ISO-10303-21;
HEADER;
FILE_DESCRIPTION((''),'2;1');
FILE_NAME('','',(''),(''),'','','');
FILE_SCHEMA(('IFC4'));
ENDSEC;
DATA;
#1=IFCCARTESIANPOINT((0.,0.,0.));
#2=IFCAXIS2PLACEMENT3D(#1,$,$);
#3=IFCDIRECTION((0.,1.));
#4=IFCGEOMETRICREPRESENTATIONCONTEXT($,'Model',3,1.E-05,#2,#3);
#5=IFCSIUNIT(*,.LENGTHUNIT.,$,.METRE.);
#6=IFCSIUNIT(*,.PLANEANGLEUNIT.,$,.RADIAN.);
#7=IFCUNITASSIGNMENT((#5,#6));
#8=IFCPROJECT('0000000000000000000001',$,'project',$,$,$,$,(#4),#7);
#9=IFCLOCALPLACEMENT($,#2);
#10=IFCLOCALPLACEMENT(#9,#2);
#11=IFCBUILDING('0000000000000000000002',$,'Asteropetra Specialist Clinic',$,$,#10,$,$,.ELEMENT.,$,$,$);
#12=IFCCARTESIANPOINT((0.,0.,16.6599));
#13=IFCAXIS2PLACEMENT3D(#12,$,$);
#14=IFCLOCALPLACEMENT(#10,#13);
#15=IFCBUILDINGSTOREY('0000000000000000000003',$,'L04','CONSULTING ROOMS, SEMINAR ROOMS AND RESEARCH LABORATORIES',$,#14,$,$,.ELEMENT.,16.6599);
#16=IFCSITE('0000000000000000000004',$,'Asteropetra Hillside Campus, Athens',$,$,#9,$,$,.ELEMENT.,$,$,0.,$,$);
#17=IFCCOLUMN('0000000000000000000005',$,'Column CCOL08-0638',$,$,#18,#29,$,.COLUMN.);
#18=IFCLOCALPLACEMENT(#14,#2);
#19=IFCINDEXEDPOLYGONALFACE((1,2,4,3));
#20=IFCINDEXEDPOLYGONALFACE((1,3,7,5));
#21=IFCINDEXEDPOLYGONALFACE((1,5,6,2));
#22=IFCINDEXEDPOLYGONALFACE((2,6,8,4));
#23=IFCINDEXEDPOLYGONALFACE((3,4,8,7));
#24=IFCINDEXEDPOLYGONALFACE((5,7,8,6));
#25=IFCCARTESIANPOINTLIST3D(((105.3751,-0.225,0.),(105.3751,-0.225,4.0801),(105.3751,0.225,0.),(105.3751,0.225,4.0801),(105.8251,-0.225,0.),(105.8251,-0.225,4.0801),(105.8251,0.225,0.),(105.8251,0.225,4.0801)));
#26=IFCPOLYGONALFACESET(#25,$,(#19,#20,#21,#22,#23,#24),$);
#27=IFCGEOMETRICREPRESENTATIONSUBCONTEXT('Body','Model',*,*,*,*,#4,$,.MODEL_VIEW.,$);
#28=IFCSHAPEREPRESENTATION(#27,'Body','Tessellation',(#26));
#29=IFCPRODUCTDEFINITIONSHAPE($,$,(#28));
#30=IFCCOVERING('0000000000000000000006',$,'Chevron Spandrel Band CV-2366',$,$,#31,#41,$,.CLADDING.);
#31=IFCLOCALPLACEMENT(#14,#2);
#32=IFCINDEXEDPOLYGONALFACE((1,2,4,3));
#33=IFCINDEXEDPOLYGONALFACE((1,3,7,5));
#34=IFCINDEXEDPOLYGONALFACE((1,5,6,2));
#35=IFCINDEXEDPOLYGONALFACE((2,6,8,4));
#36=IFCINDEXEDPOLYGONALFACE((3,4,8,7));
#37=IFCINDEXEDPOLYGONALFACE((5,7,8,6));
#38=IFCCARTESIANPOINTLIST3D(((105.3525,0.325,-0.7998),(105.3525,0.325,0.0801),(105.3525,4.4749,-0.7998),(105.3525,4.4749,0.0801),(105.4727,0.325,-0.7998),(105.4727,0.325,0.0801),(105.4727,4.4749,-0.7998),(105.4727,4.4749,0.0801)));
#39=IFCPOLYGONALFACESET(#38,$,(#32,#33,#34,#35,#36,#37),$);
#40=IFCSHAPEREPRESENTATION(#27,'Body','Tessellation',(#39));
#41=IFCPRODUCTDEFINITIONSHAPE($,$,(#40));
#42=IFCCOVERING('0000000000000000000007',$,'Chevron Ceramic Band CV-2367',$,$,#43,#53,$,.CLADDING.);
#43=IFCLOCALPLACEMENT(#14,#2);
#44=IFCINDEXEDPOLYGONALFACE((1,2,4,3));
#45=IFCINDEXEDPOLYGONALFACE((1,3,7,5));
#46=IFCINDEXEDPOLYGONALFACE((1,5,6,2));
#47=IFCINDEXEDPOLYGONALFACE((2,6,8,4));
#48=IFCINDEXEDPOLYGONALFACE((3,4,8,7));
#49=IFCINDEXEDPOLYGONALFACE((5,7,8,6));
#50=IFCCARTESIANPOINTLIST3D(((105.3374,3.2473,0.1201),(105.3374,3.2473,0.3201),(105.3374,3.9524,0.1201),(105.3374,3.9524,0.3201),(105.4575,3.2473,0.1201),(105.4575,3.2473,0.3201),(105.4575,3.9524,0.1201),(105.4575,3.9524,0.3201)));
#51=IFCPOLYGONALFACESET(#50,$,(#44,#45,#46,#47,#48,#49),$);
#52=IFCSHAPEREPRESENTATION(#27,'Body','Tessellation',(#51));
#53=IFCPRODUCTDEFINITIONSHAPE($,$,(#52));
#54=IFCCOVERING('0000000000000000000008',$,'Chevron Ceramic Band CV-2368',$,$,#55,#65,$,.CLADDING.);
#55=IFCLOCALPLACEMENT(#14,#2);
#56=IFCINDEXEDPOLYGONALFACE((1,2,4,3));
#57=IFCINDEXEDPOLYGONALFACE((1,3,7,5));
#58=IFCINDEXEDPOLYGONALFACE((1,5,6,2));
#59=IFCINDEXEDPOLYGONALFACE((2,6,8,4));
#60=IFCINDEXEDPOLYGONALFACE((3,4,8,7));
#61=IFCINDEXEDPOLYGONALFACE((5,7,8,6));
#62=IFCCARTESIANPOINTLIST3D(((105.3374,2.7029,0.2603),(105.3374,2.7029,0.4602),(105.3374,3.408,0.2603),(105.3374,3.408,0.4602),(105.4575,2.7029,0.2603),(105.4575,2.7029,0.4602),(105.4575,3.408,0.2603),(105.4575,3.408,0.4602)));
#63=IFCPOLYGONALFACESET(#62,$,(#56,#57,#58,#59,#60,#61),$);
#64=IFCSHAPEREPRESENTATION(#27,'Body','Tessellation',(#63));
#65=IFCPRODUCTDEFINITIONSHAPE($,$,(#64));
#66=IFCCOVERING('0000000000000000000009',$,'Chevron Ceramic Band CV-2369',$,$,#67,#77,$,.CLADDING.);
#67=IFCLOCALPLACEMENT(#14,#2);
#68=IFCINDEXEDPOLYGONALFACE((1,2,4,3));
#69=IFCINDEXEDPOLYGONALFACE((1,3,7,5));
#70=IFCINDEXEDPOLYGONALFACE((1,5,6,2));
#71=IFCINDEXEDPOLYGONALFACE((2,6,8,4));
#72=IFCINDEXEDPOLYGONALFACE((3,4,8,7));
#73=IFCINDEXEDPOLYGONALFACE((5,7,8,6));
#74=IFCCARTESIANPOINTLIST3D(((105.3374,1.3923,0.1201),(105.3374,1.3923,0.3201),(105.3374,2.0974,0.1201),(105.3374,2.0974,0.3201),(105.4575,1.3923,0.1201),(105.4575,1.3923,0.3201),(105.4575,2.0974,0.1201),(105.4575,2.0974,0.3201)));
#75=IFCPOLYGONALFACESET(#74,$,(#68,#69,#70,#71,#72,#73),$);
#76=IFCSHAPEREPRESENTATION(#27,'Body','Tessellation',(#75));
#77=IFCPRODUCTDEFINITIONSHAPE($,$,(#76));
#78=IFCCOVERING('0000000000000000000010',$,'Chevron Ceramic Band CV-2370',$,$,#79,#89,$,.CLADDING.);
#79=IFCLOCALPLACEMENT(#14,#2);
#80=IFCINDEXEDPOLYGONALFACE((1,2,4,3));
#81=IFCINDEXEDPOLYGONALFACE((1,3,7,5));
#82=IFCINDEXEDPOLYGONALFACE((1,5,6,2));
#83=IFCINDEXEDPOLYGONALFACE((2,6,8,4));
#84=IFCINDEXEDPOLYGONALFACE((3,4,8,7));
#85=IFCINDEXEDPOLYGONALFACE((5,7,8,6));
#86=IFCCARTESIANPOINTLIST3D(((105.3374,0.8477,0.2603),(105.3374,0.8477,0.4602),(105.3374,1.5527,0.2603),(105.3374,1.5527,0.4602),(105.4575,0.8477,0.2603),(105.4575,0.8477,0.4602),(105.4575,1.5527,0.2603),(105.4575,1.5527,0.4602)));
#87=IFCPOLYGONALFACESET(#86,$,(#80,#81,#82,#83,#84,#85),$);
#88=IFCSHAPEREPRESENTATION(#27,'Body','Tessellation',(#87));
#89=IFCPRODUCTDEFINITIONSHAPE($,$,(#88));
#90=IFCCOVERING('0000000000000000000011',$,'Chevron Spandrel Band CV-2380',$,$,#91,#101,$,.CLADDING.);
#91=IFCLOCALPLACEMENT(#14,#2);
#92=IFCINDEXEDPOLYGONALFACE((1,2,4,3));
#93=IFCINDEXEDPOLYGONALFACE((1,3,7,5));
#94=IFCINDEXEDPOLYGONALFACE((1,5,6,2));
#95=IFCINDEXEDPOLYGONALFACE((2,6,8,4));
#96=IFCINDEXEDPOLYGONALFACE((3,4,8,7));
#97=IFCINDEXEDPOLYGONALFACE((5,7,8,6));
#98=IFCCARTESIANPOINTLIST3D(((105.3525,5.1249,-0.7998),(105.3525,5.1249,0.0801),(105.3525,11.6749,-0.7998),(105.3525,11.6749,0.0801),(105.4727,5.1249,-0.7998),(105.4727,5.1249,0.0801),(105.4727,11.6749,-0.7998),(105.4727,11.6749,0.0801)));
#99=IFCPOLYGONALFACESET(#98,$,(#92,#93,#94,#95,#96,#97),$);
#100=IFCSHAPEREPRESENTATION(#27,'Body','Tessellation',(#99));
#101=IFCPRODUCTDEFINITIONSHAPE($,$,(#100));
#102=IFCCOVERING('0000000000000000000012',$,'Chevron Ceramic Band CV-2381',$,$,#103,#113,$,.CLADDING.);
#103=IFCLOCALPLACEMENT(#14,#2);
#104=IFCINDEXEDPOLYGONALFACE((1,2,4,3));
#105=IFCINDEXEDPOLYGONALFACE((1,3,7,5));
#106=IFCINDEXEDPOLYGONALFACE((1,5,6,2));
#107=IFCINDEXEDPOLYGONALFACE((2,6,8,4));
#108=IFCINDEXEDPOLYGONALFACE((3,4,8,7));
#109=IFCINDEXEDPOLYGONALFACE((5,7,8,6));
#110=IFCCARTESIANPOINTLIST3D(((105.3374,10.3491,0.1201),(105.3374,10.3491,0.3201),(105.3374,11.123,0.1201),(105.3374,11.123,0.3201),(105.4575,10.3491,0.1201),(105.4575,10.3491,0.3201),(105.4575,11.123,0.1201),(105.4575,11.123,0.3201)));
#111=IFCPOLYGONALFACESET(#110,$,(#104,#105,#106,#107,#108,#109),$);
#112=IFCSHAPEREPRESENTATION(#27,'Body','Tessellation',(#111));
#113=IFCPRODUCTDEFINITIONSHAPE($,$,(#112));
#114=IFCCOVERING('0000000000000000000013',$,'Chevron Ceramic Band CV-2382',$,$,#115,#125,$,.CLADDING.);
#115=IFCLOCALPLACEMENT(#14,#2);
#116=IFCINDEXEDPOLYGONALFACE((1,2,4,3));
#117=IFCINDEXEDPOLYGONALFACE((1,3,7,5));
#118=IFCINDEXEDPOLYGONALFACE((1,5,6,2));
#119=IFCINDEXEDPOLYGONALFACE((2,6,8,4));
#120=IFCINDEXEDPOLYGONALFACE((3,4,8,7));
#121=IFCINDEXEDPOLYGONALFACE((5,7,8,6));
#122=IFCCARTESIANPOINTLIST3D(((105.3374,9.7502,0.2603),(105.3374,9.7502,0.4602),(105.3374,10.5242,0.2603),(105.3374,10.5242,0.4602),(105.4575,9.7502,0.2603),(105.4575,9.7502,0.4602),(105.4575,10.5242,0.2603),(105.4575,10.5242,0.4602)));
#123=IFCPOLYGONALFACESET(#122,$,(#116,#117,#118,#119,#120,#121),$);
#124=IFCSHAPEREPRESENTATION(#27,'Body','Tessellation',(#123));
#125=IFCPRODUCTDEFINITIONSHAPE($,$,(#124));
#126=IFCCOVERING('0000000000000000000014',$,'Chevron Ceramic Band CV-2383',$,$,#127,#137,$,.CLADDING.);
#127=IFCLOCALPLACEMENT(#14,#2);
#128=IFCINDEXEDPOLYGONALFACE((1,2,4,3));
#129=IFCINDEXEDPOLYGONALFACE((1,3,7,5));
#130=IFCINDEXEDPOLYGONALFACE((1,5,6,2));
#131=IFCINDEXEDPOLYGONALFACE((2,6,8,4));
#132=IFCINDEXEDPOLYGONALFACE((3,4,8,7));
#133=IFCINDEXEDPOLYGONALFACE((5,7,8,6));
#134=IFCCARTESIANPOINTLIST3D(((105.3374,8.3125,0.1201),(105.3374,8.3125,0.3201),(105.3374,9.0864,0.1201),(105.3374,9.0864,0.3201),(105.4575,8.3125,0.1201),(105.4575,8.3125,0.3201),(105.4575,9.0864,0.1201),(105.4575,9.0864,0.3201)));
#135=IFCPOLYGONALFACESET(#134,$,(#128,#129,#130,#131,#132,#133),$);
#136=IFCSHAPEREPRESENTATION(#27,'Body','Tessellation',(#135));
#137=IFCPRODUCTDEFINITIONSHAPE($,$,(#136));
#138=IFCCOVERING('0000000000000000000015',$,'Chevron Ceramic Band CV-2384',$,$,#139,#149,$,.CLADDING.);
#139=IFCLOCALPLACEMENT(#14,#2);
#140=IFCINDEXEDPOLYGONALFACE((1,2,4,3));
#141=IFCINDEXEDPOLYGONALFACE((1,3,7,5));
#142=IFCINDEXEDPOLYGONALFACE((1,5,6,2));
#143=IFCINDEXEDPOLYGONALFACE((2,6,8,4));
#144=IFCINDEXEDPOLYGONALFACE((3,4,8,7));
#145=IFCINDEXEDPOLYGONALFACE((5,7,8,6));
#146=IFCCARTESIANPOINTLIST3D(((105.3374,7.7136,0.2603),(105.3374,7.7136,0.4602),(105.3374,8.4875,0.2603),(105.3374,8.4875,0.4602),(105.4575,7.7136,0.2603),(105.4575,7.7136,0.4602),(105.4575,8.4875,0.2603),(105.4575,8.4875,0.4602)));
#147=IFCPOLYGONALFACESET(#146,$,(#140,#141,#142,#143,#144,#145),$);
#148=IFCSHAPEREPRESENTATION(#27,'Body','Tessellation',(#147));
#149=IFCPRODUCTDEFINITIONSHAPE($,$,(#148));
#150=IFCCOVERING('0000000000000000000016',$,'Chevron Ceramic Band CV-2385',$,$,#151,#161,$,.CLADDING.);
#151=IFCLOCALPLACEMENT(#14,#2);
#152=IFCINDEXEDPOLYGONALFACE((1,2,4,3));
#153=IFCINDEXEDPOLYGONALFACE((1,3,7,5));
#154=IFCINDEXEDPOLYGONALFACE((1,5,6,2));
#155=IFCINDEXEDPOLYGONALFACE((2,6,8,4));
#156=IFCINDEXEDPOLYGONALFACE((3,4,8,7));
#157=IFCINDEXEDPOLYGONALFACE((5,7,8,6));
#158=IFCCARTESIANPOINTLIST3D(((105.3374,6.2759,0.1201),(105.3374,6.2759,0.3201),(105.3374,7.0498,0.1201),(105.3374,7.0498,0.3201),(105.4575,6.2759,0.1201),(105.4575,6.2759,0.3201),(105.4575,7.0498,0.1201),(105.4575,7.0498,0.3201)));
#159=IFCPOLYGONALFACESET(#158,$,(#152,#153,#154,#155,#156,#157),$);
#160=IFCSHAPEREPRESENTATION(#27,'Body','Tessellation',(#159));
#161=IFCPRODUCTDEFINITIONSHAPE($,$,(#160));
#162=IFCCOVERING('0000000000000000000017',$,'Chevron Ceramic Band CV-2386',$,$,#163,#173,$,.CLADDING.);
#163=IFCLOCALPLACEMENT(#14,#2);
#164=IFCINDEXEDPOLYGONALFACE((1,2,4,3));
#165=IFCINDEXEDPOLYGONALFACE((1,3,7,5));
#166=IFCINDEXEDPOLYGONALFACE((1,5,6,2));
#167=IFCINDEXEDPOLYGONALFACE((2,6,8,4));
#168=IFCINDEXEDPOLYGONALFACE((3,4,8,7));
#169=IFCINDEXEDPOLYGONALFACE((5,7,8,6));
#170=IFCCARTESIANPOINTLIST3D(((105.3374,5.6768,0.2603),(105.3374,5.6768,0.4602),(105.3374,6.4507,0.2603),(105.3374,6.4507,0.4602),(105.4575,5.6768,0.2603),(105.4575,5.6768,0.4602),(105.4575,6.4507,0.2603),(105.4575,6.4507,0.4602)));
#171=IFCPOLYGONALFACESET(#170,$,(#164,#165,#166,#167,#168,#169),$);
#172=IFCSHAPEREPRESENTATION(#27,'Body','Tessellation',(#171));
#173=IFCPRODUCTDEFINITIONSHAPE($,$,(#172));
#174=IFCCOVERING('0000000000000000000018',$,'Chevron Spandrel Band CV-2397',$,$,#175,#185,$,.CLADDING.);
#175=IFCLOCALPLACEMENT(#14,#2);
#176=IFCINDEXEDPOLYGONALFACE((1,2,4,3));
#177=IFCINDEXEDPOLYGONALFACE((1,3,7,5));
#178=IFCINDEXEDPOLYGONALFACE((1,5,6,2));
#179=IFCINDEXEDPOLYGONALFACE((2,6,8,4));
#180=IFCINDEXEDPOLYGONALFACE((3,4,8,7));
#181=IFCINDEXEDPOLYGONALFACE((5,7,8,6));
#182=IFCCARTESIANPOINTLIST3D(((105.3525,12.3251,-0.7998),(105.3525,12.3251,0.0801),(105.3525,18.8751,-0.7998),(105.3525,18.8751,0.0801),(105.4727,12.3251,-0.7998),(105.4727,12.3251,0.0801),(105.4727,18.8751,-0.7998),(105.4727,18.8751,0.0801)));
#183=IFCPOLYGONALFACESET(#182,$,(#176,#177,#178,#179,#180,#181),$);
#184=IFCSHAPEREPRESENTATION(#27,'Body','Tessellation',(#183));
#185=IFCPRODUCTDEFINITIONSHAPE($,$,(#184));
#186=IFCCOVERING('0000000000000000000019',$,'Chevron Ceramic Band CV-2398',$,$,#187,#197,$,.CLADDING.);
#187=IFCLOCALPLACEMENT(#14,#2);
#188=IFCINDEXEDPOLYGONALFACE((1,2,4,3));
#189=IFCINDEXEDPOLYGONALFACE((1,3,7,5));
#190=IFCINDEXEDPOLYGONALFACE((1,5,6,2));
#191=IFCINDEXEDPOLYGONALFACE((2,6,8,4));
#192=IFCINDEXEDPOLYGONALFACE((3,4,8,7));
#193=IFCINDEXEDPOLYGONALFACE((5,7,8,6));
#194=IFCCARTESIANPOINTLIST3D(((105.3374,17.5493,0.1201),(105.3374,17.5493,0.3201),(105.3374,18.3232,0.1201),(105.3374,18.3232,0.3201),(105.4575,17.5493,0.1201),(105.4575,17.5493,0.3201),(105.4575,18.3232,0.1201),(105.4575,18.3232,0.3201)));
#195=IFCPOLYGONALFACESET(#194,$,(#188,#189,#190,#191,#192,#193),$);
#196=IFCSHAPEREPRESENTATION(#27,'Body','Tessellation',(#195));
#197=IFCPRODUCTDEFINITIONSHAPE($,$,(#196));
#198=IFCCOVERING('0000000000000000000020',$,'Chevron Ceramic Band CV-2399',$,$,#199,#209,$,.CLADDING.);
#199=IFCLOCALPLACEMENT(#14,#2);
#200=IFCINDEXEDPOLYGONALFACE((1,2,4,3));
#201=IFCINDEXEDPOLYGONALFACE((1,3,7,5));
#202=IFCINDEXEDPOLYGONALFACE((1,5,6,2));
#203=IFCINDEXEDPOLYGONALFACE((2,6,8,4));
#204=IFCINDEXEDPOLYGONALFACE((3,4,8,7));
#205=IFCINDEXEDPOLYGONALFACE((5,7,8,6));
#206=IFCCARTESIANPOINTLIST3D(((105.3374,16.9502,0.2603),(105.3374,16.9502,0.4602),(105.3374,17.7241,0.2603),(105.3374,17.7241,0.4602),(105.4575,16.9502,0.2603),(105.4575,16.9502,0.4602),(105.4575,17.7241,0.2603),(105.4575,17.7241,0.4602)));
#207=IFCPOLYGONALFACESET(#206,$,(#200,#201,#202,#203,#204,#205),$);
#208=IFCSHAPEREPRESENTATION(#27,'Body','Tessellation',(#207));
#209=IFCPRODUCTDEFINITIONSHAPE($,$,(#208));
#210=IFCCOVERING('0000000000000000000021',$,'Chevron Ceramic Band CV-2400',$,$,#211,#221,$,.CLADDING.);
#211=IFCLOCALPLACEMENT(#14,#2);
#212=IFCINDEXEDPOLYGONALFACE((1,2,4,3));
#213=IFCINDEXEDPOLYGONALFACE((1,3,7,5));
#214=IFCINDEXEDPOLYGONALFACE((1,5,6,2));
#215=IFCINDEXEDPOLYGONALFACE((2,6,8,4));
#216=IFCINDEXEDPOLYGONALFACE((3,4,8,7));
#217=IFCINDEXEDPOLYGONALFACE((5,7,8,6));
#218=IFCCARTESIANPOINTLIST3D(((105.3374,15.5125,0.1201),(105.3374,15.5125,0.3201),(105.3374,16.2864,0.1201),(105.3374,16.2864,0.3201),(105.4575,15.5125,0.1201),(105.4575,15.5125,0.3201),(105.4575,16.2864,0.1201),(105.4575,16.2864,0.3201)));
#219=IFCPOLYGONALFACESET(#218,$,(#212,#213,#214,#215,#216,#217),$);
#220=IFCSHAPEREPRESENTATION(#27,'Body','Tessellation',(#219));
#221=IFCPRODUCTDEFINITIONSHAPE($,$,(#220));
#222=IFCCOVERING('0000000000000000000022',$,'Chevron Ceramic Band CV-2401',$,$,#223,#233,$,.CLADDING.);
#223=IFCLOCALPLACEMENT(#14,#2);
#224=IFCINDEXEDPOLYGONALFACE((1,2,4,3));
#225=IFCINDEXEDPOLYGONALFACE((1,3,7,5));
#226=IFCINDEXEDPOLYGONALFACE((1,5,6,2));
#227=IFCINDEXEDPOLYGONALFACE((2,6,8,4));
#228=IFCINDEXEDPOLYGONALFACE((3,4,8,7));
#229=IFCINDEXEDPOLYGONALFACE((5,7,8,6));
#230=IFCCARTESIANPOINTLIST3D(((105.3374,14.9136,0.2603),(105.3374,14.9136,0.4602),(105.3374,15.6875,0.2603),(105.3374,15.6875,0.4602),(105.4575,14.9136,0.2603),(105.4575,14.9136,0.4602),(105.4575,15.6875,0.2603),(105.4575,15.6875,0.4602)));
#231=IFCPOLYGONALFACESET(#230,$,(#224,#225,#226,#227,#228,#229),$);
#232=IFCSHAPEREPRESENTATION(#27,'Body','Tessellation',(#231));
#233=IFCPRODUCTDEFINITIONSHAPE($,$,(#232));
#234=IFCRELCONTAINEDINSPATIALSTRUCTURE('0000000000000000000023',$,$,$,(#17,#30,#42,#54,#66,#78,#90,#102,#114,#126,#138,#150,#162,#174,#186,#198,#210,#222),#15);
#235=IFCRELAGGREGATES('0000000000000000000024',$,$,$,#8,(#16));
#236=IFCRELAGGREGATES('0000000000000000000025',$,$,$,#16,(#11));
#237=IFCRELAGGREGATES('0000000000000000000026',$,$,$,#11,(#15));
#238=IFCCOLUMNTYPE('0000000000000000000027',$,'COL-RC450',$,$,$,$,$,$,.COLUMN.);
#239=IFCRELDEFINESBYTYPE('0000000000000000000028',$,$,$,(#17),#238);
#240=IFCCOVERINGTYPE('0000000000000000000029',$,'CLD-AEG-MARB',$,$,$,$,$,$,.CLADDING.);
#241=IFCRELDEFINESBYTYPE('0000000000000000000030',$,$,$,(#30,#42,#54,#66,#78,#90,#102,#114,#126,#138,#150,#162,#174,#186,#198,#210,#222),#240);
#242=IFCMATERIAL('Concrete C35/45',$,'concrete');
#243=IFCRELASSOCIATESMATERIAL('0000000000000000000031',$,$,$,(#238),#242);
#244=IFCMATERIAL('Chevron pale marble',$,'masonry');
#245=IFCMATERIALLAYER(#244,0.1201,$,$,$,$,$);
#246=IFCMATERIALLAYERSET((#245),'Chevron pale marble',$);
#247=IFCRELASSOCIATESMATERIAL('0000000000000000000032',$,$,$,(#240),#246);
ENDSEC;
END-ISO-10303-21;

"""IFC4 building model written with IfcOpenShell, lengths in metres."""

from ifc_helpers import new_model, si_unit, direction, frame, origin, origin_2d, place, context, subcontext, project, spatial, rectangle, extrude, material, layer, layer_set, material_profile, profile_set, type_object, element, save


model = new_model("IFC4")

# Units and contexts
model_context = context("Model", 3, precision=1e-05, world=origin(), true_north=direction((0.0, 1.0)))
body_context = subcontext(model_context, "Body", "Model", "MODEL_VIEW")
ifc_project = project(units=[si_unit("LENGTHUNIT", "METRE"), si_unit("PLANEANGLEUNIT", "RADIAN")], contexts=[model_context])

# Site, building, storey
site_placement = place(None, origin())
site = spatial("IfcSite", under=ifc_project, at=site_placement, Name="Asteropetra Hillside Campus, Athens", CompositionType="ELEMENT", RefElevation=0.0)
building_placement = place(site_placement, origin())
building = spatial("IfcBuilding", under=site, at=building_placement, Name="Asteropetra Specialist Clinic", CompositionType="ELEMENT")
storey_placement = place(building_placement, frame((0.0, 0.0, 16.6599)))
storey = spatial("IfcBuildingStorey", under=building, at=storey_placement, Name="L04", Description="CONSULTING ROOMS, SEMINAR ROOMS AND RESEARCH LABORATORIES", CompositionType="ELEMENT", Elevation=16.6599)

# Column
ifc_material_1 = material(Name="Concrete C35/45", Category="concrete")
ifc_material_profile = material_profile(ifc_material_1, rectangle(XDim=0.45, YDim=0.45, at=origin_2d()), Name="RC 450x450")
ifc_profile_set = profile_set([ifc_material_profile], Name="Concrete C35/45")
column_type = type_object("IfcColumnType", Name="COL-RC450", PredefinedType="COLUMN", material=ifc_profile_set)
column_placement = place(storey_placement, frame((105.6001, 0.0, 0.0), z_axis=(0.0, 0.0, 1.0), x_axis=(1.0, 0.0, 0.0)))
element("IfcColumn", 1, at=column_placement, inside=storey, type_object=column_type, Name="Column CCOL08-0638", PredefinedType="COLUMN", context=body_context, shape_type="SweptSolid", body=[
    extrude(rectangle(XDim=0.45, YDim=0.45, at=origin_2d()), origin(), (0.0, 0.0, 1.0), 4.0801),
])

# Coverings
ifc_material_2 = material(Name="Chevron pale marble", Category="masonry")
ifc_layer_1 = layer(ifc_material_2, 0.1201)
ifc_layer_set_1 = layer_set([ifc_layer_1], Name="Chevron pale marble")
covering_type_1 = type_object("IfcCoveringType", Name="CLD-AEG-MARB", PredefinedType="CLADDING", material=ifc_layer_set_1)
covering_1_placement = place(storey_placement, frame((105.4126, 2.3999, -0.7998), z_axis=(0.0, 0.0, 1.0), x_axis=(1.0, 0.0, 0.0)))
element("IfcCovering", 2, at=covering_1_placement, inside=storey, type_object=covering_type_1, Name="Chevron Spandrel Band CV-2366", PredefinedType="CLADDING", context=body_context, shape_type="SweptSolid", body=[
    extrude(rectangle(XDim=0.1201, YDim=4.1499, at=origin_2d()), origin(), (0.0, 0.0, 1.0), 0.8799),
])
for number, where, z_axis, x_axis, name in (
    (3, (105.3975, 3.5999, 0.1201), (0.0, 0.0, 1.0), (1.0, 0.0, 0.0), "Chevron Ceramic Band CV-2367"),
    (4, (105.3975, 3.0554, 0.2603), (0.0, 0.0, 1.0), (1.0, 0.0, 0.0), "Chevron Ceramic Band CV-2368"),
    (5, (105.3975, 1.7449, 0.1201), (0.0, 0.0, 1.0), (1.0, 0.0, 0.0), "Chevron Ceramic Band CV-2369"),
    (6, (105.3975, 1.2002, 0.2603), (0.0, 0.0, 1.0), (1.0, 0.0, 0.0), "Chevron Ceramic Band CV-2370"),
):
    element("IfcCovering", number, at=place(storey_placement, frame(where, z_axis=z_axis, x_axis=x_axis)), inside=storey, type_object=covering_type_1, Name=name, PredefinedType="CLADDING", context=body_context, shape_type="SweptSolid", body=[
        extrude(rectangle(XDim=0.1201, YDim=0.7051, at=origin_2d()), origin(), (0.0, 0.0, 1.0), 0.2),
    ])
covering_2_placement = place(storey_placement, frame((105.4126, 8.3999, -0.7998), z_axis=(0.0, 0.0, 1.0), x_axis=(1.0, 0.0, 0.0)))
element("IfcCovering", 7, at=covering_2_placement, inside=storey, type_object=covering_type_1, Name="Chevron Spandrel Band CV-2380", PredefinedType="CLADDING", context=body_context, shape_type="SweptSolid", body=[
    extrude(rectangle(XDim=0.1201, YDim=6.55, at=origin_2d()), origin(), (0.0, 0.0, 1.0), 0.8799),
])
for number, where, z_axis, x_axis, name in (
    (8, (105.3975, 10.7361, 0.1201), (0.0, 0.0, 1.0), (1.0, 0.0, 0.0), "Chevron Ceramic Band CV-2381"),
    (9, (105.3975, 10.1372, 0.2603), (0.0, 0.0, 1.0), (1.0, 0.0, 0.0), "Chevron Ceramic Band CV-2382"),
    (10, (105.3975, 8.6995, 0.1201), (0.0, 0.0, 1.0), (1.0, 0.0, 0.0), "Chevron Ceramic Band CV-2383"),
    (11, (105.3975, 8.1006, 0.2603), (0.0, 0.0, 1.0), (1.0, 0.0, 0.0), "Chevron Ceramic Band CV-2384"),
    (12, (105.3975, 6.6628, 0.1201), (0.0, 0.0, 1.0), (1.0, 0.0, 0.0), "Chevron Ceramic Band CV-2385"),
    (13, (105.3975, 6.0637, 0.2603), (0.0, 0.0, 1.0), (1.0, 0.0, 0.0), "Chevron Ceramic Band CV-2386"),
):
    element("IfcCovering", number, at=place(storey_placement, frame(where, z_axis=z_axis, x_axis=x_axis)), inside=storey, type_object=covering_type_1, Name=name, PredefinedType="CLADDING", context=body_context, shape_type="SweptSolid", body=[
        extrude(rectangle(XDim=0.1201, YDim=0.7739, at=origin_2d()), origin(), (0.0, 0.0, 1.0), 0.2),
    ])
covering_3_placement = place(storey_placement, frame((105.4126, 15.6001, -0.7998), z_axis=(0.0, 0.0, 1.0), x_axis=(1.0, 0.0, 0.0)))
element("IfcCovering", 14, at=covering_3_placement, inside=storey, type_object=covering_type_1, Name="Chevron Spandrel Band CV-2397", PredefinedType="CLADDING", context=body_context, shape_type="SweptSolid", body=[
    extrude(rectangle(XDim=0.1201, YDim=6.55, at=origin_2d()), origin(), (0.0, 0.0, 1.0), 0.8799),
])
for number, where, z_axis, x_axis, name in (
    (15, (105.3975, 17.9363, 0.1201), (0.0, 0.0, 1.0), (1.0, 0.0, 0.0), "Chevron Ceramic Band CV-2398"),
    (16, (105.3975, 17.3372, 0.2603), (0.0, 0.0, 1.0), (1.0, 0.0, 0.0), "Chevron Ceramic Band CV-2399"),
    (17, (105.3975, 15.8994, 0.1201), (0.0, 0.0, 1.0), (1.0, 0.0, 0.0), "Chevron Ceramic Band CV-2400"),
    (18, (105.3975, 15.3005, 0.2603), (0.0, 0.0, 1.0), (1.0, 0.0, 0.0), "Chevron Ceramic Band CV-2401"),
):
    element("IfcCovering", number, at=place(storey_placement, frame(where, z_axis=z_axis, x_axis=x_axis)), inside=storey, type_object=covering_type_1, Name=name, PredefinedType="CLADDING", context=body_context, shape_type="SweptSolid", body=[
        extrude(rectangle(XDim=0.1201, YDim=0.7739, at=origin_2d()), origin(), (0.0, 0.0, 1.0), 0.2),
    ])

save(model, "model.ifc")
